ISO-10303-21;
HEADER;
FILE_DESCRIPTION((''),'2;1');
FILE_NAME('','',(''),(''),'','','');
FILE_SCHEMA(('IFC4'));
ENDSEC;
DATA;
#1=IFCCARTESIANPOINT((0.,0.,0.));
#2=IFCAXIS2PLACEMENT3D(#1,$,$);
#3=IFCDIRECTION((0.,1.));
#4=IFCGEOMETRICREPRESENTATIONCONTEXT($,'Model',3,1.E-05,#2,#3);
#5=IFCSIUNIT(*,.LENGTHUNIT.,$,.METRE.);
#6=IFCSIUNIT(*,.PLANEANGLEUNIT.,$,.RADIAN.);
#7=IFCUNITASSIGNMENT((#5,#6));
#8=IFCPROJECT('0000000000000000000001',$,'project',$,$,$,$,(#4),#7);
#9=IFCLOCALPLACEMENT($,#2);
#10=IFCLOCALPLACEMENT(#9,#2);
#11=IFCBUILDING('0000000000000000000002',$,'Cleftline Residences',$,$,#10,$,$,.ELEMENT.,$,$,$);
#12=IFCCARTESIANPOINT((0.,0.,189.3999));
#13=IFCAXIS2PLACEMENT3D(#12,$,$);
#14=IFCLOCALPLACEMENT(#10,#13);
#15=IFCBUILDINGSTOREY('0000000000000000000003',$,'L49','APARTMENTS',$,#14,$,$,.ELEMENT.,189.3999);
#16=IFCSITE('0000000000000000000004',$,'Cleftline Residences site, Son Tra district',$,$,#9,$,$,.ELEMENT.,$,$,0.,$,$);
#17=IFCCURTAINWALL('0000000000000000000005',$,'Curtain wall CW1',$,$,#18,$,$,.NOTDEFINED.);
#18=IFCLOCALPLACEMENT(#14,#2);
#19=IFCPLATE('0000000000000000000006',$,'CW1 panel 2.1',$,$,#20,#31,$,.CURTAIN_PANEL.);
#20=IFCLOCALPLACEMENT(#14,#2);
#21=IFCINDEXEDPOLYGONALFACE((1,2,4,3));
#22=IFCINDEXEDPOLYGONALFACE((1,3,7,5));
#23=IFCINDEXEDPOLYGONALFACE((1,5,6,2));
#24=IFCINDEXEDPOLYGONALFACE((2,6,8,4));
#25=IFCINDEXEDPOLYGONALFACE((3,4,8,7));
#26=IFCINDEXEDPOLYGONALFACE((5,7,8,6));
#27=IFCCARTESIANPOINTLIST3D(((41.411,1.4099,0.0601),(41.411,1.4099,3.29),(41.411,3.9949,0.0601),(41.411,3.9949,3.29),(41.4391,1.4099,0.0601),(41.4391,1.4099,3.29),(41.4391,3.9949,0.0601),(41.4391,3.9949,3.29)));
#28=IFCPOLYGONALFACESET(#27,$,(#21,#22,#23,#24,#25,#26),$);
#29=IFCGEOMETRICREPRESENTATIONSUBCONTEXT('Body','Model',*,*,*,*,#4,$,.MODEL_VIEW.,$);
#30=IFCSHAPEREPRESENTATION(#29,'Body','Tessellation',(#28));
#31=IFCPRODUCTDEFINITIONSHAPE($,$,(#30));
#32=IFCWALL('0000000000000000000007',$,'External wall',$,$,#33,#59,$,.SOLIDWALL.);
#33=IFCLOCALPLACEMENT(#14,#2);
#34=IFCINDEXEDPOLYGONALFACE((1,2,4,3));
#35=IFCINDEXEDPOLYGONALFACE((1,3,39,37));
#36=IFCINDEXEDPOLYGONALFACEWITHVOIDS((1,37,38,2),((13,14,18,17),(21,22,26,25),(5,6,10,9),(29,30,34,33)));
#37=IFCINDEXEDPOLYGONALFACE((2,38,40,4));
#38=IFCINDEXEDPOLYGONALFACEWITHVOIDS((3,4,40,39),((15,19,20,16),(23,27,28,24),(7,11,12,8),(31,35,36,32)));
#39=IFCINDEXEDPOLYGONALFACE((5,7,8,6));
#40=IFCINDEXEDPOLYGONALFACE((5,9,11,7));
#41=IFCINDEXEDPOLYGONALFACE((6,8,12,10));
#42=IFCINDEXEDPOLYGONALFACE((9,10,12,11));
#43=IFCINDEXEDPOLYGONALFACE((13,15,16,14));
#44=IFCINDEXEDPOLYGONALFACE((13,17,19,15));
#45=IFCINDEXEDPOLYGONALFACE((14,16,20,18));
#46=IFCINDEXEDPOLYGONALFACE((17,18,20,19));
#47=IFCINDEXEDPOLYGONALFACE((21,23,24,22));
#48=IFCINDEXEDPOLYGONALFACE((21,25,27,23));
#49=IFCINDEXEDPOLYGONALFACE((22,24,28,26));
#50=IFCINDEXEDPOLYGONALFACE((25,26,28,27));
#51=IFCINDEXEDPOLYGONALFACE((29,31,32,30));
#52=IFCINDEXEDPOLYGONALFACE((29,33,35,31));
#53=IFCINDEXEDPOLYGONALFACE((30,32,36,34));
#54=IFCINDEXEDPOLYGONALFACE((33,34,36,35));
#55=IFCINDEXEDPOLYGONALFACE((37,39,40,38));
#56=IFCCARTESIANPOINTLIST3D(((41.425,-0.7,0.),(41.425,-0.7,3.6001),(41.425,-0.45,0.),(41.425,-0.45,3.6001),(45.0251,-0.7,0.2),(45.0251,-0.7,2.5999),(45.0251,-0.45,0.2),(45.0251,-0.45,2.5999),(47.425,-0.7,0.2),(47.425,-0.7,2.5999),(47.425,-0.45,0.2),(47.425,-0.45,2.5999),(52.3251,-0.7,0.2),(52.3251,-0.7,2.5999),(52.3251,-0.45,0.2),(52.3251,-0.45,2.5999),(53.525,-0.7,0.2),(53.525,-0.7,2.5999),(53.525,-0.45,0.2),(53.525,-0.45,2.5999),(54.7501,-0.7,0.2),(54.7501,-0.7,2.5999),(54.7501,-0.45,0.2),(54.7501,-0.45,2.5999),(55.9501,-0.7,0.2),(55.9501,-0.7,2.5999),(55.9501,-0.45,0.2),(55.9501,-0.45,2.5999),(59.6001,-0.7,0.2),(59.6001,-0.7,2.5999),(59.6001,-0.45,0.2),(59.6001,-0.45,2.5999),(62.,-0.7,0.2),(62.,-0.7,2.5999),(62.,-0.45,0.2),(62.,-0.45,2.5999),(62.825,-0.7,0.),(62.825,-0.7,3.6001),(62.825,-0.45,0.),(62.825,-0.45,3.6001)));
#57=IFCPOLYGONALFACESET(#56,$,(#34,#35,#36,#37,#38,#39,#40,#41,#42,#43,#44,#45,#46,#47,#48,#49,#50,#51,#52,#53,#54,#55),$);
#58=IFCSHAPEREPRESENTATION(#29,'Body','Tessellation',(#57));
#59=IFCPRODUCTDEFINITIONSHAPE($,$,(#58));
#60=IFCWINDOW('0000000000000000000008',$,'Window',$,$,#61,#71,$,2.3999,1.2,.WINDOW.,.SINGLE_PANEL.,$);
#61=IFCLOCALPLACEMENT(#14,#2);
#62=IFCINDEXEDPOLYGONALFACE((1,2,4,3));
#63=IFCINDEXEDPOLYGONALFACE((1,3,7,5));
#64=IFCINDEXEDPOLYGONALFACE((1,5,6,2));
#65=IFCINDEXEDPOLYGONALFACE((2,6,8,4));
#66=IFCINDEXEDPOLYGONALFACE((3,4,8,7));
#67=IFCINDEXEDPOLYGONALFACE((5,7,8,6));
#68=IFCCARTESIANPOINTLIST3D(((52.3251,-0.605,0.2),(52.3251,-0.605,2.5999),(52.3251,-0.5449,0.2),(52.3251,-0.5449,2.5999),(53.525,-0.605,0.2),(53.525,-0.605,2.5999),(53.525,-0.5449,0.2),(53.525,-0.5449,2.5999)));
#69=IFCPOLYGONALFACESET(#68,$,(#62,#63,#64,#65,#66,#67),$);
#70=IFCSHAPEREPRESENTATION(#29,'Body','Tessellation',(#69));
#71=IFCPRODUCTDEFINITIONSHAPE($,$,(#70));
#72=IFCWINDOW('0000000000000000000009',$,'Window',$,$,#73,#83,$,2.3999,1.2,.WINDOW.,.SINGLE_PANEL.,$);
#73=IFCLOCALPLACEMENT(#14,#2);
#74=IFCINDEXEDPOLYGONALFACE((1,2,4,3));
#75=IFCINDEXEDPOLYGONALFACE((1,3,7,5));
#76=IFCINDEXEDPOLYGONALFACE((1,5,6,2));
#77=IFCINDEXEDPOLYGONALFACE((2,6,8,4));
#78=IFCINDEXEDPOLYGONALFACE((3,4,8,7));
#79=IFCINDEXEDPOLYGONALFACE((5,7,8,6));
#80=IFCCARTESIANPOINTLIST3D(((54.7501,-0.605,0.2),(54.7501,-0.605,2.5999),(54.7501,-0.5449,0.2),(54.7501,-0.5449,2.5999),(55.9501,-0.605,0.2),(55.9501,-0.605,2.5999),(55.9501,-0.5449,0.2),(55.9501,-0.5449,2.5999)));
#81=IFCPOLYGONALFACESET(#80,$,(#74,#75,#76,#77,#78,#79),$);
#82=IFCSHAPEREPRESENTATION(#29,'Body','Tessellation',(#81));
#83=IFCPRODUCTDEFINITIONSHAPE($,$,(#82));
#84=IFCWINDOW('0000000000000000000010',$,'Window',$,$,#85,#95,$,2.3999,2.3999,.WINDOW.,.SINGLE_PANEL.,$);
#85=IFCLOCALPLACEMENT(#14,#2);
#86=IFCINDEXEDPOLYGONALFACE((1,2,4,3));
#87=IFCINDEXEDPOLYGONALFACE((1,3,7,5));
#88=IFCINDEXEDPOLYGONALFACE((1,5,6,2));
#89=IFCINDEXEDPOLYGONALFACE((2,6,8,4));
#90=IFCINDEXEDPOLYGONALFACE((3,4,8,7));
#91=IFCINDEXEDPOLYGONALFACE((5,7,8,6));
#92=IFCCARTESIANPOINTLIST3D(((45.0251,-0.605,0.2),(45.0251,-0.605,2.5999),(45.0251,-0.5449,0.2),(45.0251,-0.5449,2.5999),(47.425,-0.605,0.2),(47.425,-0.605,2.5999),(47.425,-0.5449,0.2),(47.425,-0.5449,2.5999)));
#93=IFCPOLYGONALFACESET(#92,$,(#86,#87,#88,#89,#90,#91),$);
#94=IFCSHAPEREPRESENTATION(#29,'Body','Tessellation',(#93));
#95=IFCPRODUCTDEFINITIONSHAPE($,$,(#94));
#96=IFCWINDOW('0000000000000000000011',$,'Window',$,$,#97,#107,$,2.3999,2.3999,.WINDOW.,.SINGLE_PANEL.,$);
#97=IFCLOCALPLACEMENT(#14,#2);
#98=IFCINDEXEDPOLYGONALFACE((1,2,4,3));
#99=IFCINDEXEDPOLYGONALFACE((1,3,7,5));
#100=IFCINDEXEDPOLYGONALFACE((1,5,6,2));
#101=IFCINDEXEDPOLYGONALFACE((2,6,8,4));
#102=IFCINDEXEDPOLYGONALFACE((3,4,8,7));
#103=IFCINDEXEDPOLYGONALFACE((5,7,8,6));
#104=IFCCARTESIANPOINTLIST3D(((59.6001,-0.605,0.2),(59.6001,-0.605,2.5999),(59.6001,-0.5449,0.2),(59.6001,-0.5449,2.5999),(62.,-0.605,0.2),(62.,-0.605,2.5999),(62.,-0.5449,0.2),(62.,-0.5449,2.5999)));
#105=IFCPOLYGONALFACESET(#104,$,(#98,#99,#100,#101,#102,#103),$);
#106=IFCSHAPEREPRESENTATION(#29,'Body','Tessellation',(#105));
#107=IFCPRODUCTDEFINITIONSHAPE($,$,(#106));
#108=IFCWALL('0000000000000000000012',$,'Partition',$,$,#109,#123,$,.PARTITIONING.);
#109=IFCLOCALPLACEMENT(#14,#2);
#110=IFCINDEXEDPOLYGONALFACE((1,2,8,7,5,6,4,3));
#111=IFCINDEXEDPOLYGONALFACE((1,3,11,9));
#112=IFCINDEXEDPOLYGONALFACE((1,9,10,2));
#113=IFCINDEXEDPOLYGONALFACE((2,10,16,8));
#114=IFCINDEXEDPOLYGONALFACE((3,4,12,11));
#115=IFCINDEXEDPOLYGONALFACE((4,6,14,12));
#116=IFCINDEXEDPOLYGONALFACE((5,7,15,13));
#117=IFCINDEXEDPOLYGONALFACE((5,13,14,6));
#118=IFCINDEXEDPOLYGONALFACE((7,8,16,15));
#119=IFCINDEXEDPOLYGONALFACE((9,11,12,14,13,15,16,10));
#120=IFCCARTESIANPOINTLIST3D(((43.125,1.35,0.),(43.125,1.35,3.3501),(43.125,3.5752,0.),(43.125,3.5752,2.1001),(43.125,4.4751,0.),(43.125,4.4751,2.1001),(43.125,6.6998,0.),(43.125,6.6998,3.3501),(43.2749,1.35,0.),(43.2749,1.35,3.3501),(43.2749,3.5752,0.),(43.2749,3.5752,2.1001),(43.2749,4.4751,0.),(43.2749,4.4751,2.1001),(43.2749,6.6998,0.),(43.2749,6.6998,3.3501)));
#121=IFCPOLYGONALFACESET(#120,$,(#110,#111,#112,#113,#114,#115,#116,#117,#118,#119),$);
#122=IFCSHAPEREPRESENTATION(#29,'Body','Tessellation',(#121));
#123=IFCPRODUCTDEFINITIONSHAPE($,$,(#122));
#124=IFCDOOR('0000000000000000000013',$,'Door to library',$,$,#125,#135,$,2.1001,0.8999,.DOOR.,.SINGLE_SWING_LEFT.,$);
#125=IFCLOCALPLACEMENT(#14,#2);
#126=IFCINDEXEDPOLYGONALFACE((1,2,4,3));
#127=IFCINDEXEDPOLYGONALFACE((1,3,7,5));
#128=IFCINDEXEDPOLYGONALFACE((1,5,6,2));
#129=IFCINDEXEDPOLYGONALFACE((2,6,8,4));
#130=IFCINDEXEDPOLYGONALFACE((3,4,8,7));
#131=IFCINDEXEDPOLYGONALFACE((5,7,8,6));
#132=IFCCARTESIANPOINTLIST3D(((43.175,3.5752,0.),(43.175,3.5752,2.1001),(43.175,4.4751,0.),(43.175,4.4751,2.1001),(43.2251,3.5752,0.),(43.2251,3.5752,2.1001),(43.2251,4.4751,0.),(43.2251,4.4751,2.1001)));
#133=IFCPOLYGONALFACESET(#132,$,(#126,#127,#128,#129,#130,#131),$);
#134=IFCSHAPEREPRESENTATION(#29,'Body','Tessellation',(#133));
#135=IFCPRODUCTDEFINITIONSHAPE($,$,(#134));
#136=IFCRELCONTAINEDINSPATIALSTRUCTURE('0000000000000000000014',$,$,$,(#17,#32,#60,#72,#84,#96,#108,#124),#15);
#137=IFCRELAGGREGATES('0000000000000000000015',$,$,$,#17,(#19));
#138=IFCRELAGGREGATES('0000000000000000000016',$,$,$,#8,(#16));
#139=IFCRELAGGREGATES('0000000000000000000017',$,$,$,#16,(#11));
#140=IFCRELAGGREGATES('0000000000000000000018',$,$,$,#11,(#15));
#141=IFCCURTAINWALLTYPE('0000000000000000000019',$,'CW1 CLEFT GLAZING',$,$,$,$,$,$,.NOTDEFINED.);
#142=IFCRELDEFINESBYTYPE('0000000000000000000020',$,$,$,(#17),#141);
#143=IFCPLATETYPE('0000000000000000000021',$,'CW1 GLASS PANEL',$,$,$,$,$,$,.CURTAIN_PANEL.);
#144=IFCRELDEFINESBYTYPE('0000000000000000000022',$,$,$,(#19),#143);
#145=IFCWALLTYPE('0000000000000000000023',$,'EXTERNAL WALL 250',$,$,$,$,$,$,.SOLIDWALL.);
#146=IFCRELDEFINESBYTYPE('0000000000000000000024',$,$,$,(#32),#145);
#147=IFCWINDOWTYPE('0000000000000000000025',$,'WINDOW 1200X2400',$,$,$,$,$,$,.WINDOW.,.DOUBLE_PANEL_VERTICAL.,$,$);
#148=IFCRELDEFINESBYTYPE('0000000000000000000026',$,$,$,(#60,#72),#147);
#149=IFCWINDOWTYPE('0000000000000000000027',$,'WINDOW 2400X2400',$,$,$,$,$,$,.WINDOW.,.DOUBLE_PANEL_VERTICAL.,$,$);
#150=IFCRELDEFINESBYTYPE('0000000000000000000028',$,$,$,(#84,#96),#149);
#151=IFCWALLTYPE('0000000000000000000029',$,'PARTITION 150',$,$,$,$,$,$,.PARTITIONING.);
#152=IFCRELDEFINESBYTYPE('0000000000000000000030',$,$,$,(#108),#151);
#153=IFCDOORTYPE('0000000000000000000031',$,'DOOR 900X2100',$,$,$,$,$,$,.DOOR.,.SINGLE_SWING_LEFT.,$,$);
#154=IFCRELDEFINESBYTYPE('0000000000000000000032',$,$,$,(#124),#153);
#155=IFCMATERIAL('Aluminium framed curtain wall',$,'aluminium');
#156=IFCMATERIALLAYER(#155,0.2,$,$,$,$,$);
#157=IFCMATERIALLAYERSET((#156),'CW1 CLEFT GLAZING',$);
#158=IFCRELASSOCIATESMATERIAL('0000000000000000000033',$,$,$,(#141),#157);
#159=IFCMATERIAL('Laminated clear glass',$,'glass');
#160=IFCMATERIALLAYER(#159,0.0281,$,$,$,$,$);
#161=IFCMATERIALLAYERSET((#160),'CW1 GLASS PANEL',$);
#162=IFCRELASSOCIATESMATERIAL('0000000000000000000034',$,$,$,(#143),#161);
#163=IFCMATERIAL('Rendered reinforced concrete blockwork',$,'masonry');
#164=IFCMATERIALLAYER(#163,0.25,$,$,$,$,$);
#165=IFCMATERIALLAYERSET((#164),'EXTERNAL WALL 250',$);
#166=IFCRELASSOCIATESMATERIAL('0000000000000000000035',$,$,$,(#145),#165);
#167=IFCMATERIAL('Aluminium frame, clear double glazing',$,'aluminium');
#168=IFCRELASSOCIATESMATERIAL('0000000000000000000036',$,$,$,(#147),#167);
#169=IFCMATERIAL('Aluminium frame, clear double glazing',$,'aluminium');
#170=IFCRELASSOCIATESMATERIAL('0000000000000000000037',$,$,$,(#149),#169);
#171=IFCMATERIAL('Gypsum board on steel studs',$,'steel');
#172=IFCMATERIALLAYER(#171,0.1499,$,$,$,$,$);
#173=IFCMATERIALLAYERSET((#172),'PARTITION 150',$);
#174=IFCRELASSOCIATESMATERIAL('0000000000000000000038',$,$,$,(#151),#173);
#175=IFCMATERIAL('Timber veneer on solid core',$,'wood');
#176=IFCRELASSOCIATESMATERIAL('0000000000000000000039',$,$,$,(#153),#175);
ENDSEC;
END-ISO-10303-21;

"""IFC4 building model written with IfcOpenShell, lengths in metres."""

from ifc_helpers import new_model, si_unit, direction, frame, frame_2d, origin, origin_2d, place, context, subcontext, project, spatial, rectangle, extrude, material, layer, layer_set, type_object, element, fill, aggregate, save


model = new_model("IFC4")

# Units and contexts
model_context = context("Model", 3, precision=1e-05, world=origin(), true_north=direction((0.0, 1.0)))
body_context = subcontext(model_context, "Body", "Model", "MODEL_VIEW")
ifc_project = project(units=[si_unit("LENGTHUNIT", "METRE"), si_unit("PLANEANGLEUNIT", "RADIAN")], contexts=[model_context])

# Site, building, storey
site_placement = place(None, origin())
site = spatial("IfcSite", under=ifc_project, at=site_placement, Name="Cleftline Residences site, Son Tra district", CompositionType="ELEMENT", RefElevation=0.0)
building_placement = place(site_placement, origin())
building = spatial("IfcBuilding", under=site, at=building_placement, Name="Cleftline Residences", CompositionType="ELEMENT")
storey_placement = place(building_placement, frame((0.0, 0.0, 189.3999)))
storey = spatial("IfcBuildingStorey", under=building, at=storey_placement, Name="L49", Description="APARTMENTS", CompositionType="ELEMENT", Elevation=189.3999)

# Curtain wall, plate
ifc_material_1 = material(Name="Aluminium framed curtain wall", Category="aluminium")
ifc_layer_1 = layer(ifc_material_1, 0.2)
ifc_layer_set_1 = layer_set([ifc_layer_1], Name="CW1 CLEFT GLAZING")
curtain_wall_type = type_object("IfcCurtainWallType", Name="CW1 CLEFT GLAZING", PredefinedType="NOTDEFINED", material=ifc_layer_set_1)
curtain_wall_placement = place(storey_placement, origin())
curtain_wall = element("IfcCurtainWall", 1, at=curtain_wall_placement, inside=storey, type_object=curtain_wall_type, Name="Curtain wall CW1", PredefinedType="NOTDEFINED")
ifc_material_2 = material(Name="Laminated clear glass", Category="glass")
ifc_layer_2 = layer(ifc_material_2, 0.0281)
ifc_layer_set_2 = layer_set([ifc_layer_2], Name="CW1 GLASS PANEL")
plate_type = type_object("IfcPlateType", Name="CW1 GLASS PANEL", PredefinedType="CURTAIN_PANEL", material=ifc_layer_set_2)
plate_1_placement = place(storey_placement, frame((41.425, 2.7024, 0.0601), z_axis=(0.0, 0.0, 1.0), x_axis=(0.0, -1.0, 0.0)))
plate_1 = element("IfcPlate", 2, at=plate_1_placement, type_object=plate_type, Name="CW1 panel 2.1", PredefinedType="CURTAIN_PANEL", context=body_context, shape_type="SweptSolid", body=[
    extrude(rectangle(XDim=2.585, YDim=0.0281, at=origin_2d()), origin(), (0.0, 0.0, 1.0), 3.23),
])
aggregate(curtain_wall, [plate_1])

# Wall, openings, windows
ifc_material_3 = material(Name="Rendered reinforced concrete blockwork", Category="masonry")
ifc_layer_3 = layer(ifc_material_3, 0.25)
ifc_layer_set_3 = layer_set([ifc_layer_3], Name="EXTERNAL WALL 250")
wall_type_1 = type_object("IfcWallType", Name="EXTERNAL WALL 250", PredefinedType="SOLIDWALL", material=ifc_layer_set_3)
wall_1_placement = place(storey_placement, frame((41.425, -0.575, 0.0), z_axis=(0.0, 0.0, 1.0), x_axis=(1.0, 0.0, 0.0)))
wall_1 = element("IfcWall", 3, at=wall_1_placement, inside=storey, type_object=wall_type_1, Name="External wall", PredefinedType="SOLIDWALL", context=body_context, shape_type="SweptSolid", body=[
    extrude(rectangle(XDim=21.3999, YDim=0.25, at=frame_2d((10.7, 0.0))), origin(), (0.0, 0.0, 1.0), 3.6001),
])
opening_1_placement = place(wall_1_placement, frame((3.6001, 0.0, 0.2)))
opening_1 = element("IfcOpeningElement", 4, at=opening_1_placement, cuts=wall_1, PredefinedType="OPENING", context=body_context, shape_type="SweptSolid", body=[
    extrude(rectangle(XDim=2.3999, YDim=2.3999, at=frame_2d((1.2, 1.2))), frame((0.0, 0.135, 0.0), z_axis=(0.0, -1.0, 0.0), x_axis=(1.0, 0.0, 0.0)), (0.0, 0.0, 1.0), 0.27),
])
opening_2_placement = place(wall_1_placement, frame((10.8999, 0.0, 0.2)))
opening_2 = element("IfcOpeningElement", 5, at=opening_2_placement, cuts=wall_1, PredefinedType="OPENING", context=body_context, shape_type="SweptSolid", body=[
    extrude(rectangle(XDim=1.2, YDim=2.3999, at=frame_2d((0.6001, 1.2))), frame((0.0, 0.135, 0.0), z_axis=(0.0, -1.0, 0.0), x_axis=(1.0, 0.0, 0.0)), (0.0, 0.0, 1.0), 0.27),
])
opening_3_placement = place(wall_1_placement, frame((13.325, 0.0, 0.2)))
opening_3 = element("IfcOpeningElement", 6, at=opening_3_placement, cuts=wall_1, PredefinedType="OPENING", context=body_context, shape_type="SweptSolid", body=[
    extrude(rectangle(XDim=1.2, YDim=2.3999, at=frame_2d((0.6001, 1.2))), frame((0.0, 0.135, 0.0), z_axis=(0.0, -1.0, 0.0), x_axis=(1.0, 0.0, 0.0)), (0.0, 0.0, 1.0), 0.27),
])
opening_4_placement = place(wall_1_placement, frame((18.175, 0.0, 0.2)))
opening_4 = element("IfcOpeningElement", 7, at=opening_4_placement, cuts=wall_1, PredefinedType="OPENING", context=body_context, shape_type="SweptSolid", body=[
    extrude(rectangle(XDim=2.3999, YDim=2.3999, at=frame_2d((1.2, 1.2))), frame((0.0, 0.135, 0.0), z_axis=(0.0, -1.0, 0.0), x_axis=(1.0, 0.0, 0.0)), (0.0, 0.0, 1.0), 0.27),
])
ifc_material_4 = material(Name="Aluminium frame, clear double glazing", Category="aluminium")
window_type_1 = type_object("IfcWindowType", Name="WINDOW 1200X2400", PartitioningType="DOUBLE_PANEL_VERTICAL", PredefinedType="WINDOW", material=ifc_material_4)
window_1_placement = place(opening_2_placement, origin())
window_1 = element("IfcWindow", 8, at=window_1_placement, inside=storey, type_object=window_type_1, Name="Window", OverallHeight=2.3999, OverallWidth=1.2, PartitioningType="SINGLE_PANEL", PredefinedType="WINDOW", context=body_context, shape_type="SweptSolid", body=[
    extrude(rectangle(XDim=1.2, YDim=2.3999, at=frame_2d((0.6001, 1.2))), frame((0.0, 0.03, 0.0), z_axis=(0.0, -1.0, 0.0), x_axis=(1.0, 0.0, 0.0)), (0.0, 0.0, 1.0), 0.0601),
])
fill(opening_2, window_1)
window_2_placement = place(opening_3_placement, origin())
window_2 = element("IfcWindow", 9, at=window_2_placement, inside=storey, type_object=window_type_1, Name="Window", OverallHeight=2.3999, OverallWidth=1.2, PartitioningType="SINGLE_PANEL", PredefinedType="WINDOW", context=body_context, shape_type="SweptSolid", body=[
    extrude(rectangle(XDim=1.2, YDim=2.3999, at=frame_2d((0.6001, 1.2))), frame((0.0, 0.03, 0.0), z_axis=(0.0, -1.0, 0.0), x_axis=(1.0, 0.0, 0.0)), (0.0, 0.0, 1.0), 0.0601),
])
fill(opening_3, window_2)
ifc_material_5 = material(Name="Aluminium frame, clear double glazing", Category="aluminium")
window_type_2 = type_object("IfcWindowType", Name="WINDOW 2400X2400", PartitioningType="DOUBLE_PANEL_VERTICAL", PredefinedType="WINDOW", material=ifc_material_5)
window_3_placement = place(opening_1_placement, origin())
window_3 = element("IfcWindow", 10, at=window_3_placement, inside=storey, type_object=window_type_2, Name="Window", OverallHeight=2.3999, OverallWidth=2.3999, PartitioningType="SINGLE_PANEL", PredefinedType="WINDOW", context=body_context, shape_type="SweptSolid", body=[
    extrude(rectangle(XDim=2.3999, YDim=2.3999, at=frame_2d((1.2, 1.2))), frame((0.0, 0.03, 0.0), z_axis=(0.0, -1.0, 0.0), x_axis=(1.0, 0.0, 0.0)), (0.0, 0.0, 1.0), 0.0601),
])
fill(opening_1, window_3)
window_4_placement = place(opening_4_placement, origin())
window_4 = element("IfcWindow", 11, at=window_4_placement, inside=storey, type_object=window_type_2, Name="Window", OverallHeight=2.3999, OverallWidth=2.3999, PartitioningType="SINGLE_PANEL", PredefinedType="WINDOW", context=body_context, shape_type="SweptSolid", body=[
    extrude(rectangle(XDim=2.3999, YDim=2.3999, at=frame_2d((1.2, 1.2))), frame((0.0, 0.03, 0.0), z_axis=(0.0, -1.0, 0.0), x_axis=(1.0, 0.0, 0.0)), (0.0, 0.0, 1.0), 0.0601),
])
fill(opening_4, window_4)

# Wall, opening, door
ifc_material_6 = material(Name="Gypsum board on steel studs", Category="steel")
ifc_layer_4 = layer(ifc_material_6, 0.1499)
ifc_layer_set_4 = layer_set([ifc_layer_4], Name="PARTITION 150")
wall_type_2 = type_object("IfcWallType", Name="PARTITION 150", PredefinedType="PARTITIONING", material=ifc_layer_set_4)
wall_2_placement = place(storey_placement, frame((43.2, 1.3501, 0.0), z_axis=(0.0, 0.0, 1.0), x_axis=(0.0, 1.0, 0.0)))
wall_2 = element("IfcWall", 12, at=wall_2_placement, inside=storey, type_object=wall_type_2, Name="Partition", PredefinedType="PARTITIONING", context=body_context, shape_type="SweptSolid", body=[
    extrude(rectangle(XDim=5.3499, YDim=0.1499, at=frame_2d((2.6748, 0.0))), origin(), (0.0, 0.0, 1.0), 3.3501),
])
opening_5_placement = place(wall_2_placement, frame((2.2251, 0.0, 0.0)))
opening_5 = element("IfcOpeningElement", 13, at=opening_5_placement, cuts=wall_2, PredefinedType="OPENING", context=body_context, shape_type="SweptSolid", body=[
    extrude(rectangle(XDim=0.8999, YDim=2.1001, at=frame_2d((0.45, 1.05))), frame((0.0, 0.085, 0.0), z_axis=(0.0, -1.0, 0.0), x_axis=(1.0, 0.0, 0.0)), (0.0, 0.0, 1.0), 0.1699),
])
ifc_material_7 = material(Name="Timber veneer on solid core", Category="wood")
door_type = type_object("IfcDoorType", Name="DOOR 900X2100", OperationType="SINGLE_SWING_LEFT", PredefinedType="DOOR", material=ifc_material_7)
door_placement = place(opening_5_placement, origin())
door = element("IfcDoor", 14, at=door_placement, inside=storey, type_object=door_type, Name="Door to library", OperationType="SINGLE_SWING_LEFT", OverallHeight=2.1001, OverallWidth=0.8999, PredefinedType="DOOR", context=body_context, shape_type="SweptSolid", body=[
    extrude(rectangle(XDim=0.8999, YDim=2.1001, at=frame_2d((0.45, 1.05))), frame((0.0, 0.0249, 0.0), z_axis=(0.0, -1.0, 0.0), x_axis=(1.0, 0.0, 0.0)), (0.0, 0.0, 1.0), 0.05),
])
fill(opening_5, door)

save(model, "model.ifc")
